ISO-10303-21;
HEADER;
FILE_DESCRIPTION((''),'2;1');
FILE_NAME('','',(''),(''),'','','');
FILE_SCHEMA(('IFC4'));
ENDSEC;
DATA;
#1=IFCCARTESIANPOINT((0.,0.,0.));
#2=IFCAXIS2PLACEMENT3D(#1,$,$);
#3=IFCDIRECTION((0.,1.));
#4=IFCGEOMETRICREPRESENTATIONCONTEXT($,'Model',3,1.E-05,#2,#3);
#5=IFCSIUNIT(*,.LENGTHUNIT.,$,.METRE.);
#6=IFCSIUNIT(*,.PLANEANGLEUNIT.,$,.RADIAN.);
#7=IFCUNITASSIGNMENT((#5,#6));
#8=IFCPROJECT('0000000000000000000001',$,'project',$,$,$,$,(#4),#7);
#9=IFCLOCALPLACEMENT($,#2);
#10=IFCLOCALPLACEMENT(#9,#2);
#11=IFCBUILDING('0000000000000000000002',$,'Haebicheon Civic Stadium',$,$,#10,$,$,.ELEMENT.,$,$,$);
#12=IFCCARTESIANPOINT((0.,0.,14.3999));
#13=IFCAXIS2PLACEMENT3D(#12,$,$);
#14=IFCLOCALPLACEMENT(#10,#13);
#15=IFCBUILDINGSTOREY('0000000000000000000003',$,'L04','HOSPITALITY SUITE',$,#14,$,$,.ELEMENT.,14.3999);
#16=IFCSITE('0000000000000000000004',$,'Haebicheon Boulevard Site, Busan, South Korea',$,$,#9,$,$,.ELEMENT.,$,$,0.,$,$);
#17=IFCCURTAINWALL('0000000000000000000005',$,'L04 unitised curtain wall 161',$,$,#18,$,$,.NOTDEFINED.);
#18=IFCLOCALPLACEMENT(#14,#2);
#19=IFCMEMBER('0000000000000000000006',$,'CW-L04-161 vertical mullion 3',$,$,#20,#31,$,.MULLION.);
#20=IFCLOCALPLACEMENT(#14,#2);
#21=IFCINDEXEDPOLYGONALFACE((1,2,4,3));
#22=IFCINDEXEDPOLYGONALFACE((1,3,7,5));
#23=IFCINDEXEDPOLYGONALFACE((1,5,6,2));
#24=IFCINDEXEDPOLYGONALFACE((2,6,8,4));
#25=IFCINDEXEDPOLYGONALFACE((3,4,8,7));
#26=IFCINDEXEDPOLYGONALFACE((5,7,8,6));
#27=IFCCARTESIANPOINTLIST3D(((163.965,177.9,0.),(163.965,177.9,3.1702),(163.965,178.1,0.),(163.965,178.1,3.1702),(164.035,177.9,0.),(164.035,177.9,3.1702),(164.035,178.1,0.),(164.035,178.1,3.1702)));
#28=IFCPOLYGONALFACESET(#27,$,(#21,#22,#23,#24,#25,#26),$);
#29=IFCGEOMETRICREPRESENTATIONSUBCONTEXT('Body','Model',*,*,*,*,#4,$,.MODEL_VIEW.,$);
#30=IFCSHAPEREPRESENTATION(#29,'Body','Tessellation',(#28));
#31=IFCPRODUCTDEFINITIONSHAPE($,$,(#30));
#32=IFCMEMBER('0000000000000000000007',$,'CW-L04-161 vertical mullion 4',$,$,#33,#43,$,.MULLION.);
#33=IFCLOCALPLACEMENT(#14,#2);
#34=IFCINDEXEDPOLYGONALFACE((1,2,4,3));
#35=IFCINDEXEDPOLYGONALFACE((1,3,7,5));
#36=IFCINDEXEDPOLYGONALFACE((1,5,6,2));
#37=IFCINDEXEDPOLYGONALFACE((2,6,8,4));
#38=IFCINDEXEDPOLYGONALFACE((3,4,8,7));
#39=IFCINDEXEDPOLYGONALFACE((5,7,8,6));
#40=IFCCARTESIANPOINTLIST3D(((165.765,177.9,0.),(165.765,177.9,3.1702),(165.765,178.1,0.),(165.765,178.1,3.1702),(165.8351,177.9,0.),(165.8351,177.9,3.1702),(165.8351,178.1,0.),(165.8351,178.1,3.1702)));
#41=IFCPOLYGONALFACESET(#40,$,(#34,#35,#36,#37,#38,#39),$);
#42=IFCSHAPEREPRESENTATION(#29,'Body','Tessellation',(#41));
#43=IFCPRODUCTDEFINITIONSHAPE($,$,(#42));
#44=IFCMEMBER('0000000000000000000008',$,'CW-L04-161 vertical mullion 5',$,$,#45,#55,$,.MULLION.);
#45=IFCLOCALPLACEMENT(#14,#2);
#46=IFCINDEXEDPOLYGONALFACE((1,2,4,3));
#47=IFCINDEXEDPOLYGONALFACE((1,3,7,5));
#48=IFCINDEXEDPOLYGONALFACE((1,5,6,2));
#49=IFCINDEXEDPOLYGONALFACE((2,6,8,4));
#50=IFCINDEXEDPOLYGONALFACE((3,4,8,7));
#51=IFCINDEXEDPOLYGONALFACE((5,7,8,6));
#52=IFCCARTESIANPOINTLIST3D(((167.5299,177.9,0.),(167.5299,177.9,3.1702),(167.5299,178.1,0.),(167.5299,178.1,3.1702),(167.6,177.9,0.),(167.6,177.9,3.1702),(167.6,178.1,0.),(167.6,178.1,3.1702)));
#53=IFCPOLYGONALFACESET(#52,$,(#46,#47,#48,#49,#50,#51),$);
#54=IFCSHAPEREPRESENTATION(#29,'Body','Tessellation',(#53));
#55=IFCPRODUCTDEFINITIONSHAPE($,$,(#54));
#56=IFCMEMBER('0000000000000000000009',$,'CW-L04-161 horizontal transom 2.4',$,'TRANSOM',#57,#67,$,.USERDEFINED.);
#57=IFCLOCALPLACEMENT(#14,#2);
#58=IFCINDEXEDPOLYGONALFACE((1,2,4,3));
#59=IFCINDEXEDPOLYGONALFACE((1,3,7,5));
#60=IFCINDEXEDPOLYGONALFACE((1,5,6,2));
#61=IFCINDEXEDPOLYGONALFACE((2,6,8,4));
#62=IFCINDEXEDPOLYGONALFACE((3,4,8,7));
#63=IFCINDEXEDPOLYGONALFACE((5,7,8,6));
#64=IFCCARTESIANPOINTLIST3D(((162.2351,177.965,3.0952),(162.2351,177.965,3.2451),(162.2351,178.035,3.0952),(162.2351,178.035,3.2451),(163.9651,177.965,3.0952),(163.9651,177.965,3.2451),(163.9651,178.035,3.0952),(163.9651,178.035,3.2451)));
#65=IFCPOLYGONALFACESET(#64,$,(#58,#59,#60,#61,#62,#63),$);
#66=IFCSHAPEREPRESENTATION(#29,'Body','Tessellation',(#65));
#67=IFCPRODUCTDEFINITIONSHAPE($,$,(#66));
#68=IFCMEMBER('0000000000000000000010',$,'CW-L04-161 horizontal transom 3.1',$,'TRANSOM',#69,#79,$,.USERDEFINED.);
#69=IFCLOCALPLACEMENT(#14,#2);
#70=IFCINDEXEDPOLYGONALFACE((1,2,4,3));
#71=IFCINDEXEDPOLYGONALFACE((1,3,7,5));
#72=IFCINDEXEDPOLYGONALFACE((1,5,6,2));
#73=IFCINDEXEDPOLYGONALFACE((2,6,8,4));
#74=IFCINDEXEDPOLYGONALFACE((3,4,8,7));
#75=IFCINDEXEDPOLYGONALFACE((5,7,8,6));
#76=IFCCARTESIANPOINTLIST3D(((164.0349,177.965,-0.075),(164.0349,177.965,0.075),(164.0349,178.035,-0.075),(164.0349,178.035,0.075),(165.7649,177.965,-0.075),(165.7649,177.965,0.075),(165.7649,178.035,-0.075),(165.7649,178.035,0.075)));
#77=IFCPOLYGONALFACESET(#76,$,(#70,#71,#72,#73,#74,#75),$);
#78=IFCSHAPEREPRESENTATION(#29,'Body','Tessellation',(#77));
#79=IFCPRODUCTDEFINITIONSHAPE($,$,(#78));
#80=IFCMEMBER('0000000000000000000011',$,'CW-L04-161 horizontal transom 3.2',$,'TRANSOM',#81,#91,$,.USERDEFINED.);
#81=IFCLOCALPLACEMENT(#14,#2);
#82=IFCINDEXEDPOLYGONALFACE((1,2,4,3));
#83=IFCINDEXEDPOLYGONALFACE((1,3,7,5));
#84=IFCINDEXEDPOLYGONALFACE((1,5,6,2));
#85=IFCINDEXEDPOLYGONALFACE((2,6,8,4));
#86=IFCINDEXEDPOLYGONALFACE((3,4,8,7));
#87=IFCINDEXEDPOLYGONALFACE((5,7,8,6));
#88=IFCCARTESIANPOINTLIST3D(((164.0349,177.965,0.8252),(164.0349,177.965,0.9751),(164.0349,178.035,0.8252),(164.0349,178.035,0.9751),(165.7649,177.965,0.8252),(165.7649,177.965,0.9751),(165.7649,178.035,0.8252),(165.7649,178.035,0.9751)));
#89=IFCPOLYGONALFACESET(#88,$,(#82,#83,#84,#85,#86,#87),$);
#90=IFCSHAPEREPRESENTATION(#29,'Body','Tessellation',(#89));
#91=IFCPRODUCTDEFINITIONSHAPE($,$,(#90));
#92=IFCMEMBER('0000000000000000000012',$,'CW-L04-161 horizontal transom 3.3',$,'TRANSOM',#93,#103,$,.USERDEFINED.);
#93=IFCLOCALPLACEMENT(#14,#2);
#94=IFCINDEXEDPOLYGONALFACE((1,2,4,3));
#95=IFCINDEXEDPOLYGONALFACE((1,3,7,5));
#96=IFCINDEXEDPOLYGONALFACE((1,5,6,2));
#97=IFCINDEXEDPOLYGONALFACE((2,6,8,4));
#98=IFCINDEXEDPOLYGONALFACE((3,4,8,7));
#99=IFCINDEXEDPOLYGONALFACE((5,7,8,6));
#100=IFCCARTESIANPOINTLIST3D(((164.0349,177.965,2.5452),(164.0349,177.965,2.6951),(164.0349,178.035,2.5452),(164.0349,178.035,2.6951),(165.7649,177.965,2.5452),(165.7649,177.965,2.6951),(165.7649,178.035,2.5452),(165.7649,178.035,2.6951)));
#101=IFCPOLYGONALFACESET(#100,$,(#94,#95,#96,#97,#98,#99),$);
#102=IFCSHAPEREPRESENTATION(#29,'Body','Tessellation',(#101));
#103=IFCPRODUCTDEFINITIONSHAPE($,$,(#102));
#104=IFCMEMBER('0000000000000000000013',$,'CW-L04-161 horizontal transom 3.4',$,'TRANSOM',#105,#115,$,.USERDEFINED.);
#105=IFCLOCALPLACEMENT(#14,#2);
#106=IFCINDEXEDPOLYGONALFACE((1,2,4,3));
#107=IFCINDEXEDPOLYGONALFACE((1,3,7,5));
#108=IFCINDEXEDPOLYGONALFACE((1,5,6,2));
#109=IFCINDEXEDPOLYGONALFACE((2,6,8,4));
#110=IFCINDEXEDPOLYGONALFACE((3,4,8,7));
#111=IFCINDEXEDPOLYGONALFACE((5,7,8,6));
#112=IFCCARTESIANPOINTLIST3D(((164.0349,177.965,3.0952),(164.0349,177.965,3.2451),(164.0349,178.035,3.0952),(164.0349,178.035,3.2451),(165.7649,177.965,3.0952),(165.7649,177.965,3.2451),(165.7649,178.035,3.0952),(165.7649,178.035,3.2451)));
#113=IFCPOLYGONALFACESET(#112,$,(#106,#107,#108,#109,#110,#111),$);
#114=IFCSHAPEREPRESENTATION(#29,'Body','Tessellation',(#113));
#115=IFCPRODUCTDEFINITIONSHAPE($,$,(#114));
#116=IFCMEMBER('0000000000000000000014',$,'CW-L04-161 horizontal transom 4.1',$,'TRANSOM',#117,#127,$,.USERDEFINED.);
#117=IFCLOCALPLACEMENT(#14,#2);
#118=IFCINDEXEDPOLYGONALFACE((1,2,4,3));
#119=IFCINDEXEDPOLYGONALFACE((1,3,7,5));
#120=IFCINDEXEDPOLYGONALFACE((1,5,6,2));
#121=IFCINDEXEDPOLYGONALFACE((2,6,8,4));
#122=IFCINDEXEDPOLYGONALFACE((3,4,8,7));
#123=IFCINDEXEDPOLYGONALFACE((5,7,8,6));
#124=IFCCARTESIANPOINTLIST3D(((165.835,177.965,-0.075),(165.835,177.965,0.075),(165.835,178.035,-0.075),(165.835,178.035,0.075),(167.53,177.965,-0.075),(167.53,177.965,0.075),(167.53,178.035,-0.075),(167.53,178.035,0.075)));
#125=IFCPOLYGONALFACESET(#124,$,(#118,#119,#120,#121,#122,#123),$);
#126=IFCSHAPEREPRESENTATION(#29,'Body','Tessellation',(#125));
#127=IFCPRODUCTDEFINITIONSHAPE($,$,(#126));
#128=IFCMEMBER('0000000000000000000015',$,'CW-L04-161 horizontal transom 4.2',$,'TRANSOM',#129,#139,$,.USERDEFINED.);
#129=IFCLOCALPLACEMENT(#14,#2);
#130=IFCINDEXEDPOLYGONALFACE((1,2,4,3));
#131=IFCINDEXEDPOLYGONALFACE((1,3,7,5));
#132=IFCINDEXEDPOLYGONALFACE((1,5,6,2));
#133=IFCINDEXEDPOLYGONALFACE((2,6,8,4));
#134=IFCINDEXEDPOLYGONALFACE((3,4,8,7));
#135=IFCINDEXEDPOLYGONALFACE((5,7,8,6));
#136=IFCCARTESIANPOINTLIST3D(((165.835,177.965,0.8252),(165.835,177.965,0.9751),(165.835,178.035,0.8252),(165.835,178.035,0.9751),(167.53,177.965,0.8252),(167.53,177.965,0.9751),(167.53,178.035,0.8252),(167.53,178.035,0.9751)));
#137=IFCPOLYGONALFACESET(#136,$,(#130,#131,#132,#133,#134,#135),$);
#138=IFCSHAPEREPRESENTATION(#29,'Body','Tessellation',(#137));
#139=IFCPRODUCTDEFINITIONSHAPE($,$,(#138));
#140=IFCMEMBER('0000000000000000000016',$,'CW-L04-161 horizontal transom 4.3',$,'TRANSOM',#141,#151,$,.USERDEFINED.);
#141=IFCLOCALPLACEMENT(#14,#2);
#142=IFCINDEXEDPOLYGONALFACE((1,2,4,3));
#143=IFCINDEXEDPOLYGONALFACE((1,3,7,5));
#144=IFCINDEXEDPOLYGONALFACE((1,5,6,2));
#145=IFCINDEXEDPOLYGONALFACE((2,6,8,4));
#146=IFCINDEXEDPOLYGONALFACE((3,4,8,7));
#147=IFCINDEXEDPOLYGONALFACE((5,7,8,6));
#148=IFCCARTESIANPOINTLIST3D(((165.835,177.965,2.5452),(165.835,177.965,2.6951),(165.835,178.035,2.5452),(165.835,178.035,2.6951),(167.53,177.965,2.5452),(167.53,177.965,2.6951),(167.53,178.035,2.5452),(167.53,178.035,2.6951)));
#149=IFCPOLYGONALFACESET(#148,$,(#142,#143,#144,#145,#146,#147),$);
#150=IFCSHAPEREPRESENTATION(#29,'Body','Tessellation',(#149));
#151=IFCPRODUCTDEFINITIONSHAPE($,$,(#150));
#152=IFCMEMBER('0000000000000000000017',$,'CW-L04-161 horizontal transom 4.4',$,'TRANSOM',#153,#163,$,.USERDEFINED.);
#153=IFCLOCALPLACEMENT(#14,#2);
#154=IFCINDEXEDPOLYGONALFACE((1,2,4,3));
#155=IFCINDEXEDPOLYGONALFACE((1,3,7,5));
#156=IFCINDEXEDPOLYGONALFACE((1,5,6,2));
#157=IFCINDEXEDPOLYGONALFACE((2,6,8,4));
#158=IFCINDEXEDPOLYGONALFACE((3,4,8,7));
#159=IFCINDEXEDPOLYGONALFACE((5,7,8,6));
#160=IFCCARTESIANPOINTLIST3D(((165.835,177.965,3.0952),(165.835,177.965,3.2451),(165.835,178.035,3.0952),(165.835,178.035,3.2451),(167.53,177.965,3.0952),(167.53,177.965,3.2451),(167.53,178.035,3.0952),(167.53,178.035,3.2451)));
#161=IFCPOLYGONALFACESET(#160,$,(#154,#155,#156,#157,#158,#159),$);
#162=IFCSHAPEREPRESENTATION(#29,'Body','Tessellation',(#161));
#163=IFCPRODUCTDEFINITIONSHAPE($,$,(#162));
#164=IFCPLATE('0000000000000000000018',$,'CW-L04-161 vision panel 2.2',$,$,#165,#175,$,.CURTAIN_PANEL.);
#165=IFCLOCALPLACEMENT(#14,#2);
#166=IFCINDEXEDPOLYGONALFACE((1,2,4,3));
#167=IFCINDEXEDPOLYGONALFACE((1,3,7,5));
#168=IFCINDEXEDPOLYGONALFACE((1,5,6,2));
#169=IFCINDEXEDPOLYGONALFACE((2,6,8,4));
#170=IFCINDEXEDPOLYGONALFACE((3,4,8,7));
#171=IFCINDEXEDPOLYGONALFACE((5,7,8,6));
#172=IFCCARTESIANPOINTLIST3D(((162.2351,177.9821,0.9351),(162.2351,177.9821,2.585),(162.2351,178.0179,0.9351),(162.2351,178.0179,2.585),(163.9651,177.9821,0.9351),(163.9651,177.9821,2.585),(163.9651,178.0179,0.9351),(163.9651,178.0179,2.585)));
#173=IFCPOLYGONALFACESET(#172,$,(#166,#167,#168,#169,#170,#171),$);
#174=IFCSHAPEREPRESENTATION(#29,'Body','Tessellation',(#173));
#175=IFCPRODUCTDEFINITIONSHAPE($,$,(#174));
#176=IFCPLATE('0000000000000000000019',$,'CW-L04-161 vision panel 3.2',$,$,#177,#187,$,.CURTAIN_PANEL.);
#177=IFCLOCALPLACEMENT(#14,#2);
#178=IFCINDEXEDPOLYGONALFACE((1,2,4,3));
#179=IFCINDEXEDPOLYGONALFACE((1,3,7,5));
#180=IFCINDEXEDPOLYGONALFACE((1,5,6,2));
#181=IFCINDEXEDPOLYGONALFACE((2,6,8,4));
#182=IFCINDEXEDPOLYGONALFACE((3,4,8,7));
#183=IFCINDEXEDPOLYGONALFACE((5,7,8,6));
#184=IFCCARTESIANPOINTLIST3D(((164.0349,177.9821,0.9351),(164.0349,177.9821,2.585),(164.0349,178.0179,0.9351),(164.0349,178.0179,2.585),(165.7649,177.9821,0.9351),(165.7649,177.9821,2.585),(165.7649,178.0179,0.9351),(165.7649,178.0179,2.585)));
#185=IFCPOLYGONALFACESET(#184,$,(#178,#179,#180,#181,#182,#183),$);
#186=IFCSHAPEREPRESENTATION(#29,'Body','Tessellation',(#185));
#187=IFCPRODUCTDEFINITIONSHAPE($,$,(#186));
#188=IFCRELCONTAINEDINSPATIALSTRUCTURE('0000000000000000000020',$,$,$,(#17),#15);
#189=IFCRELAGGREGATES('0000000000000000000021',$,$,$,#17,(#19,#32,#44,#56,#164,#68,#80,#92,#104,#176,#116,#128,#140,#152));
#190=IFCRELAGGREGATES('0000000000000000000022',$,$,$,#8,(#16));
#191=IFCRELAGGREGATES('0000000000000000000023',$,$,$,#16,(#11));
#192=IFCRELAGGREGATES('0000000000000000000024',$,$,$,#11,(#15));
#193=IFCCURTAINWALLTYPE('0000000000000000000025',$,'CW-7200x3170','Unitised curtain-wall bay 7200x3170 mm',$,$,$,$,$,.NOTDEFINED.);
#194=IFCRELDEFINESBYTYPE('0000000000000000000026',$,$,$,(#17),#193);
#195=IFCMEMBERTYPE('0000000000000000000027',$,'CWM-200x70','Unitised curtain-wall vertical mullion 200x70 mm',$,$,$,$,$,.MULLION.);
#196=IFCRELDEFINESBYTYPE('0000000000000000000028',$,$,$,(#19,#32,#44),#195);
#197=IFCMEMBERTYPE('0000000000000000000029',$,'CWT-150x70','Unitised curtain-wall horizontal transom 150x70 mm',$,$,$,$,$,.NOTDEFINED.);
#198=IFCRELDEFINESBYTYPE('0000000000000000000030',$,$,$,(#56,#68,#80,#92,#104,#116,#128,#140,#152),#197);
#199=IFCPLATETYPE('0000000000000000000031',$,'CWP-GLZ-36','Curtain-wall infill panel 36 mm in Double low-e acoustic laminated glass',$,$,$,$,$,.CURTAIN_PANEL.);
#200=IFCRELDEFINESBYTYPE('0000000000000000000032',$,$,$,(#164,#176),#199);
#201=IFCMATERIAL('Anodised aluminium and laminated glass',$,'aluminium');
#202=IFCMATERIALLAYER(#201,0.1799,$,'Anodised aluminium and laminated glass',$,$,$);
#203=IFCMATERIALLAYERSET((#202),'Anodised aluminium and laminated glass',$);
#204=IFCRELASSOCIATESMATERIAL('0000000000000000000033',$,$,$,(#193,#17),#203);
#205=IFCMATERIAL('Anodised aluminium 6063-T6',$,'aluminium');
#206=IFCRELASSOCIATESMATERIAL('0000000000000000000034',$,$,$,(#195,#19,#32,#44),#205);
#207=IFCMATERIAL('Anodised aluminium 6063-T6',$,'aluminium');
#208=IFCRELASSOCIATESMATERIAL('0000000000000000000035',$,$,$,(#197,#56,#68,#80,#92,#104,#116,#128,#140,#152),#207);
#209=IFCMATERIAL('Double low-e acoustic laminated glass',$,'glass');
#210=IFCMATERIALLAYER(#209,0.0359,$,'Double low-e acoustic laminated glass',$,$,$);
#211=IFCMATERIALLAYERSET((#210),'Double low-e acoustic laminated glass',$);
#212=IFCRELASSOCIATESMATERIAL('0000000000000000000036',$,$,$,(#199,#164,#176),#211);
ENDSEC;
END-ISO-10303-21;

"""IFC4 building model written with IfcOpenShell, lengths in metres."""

from ifc_helpers import new_model, si_unit, direction, frame, origin, origin_2d, place, context, subcontext, project, spatial, rectangle, extrude, material, layer, layer_set, material_profile, profile_set, type_object, element, aggregate, save


model = new_model("IFC4")

# Units and contexts
model_context = context("Model", 3, precision=1e-05, world=origin(), true_north=direction((0.0, 1.0)))
body_context = subcontext(model_context, "Body", "Model", "MODEL_VIEW")
ifc_project = project(units=[si_unit("LENGTHUNIT", "METRE"), si_unit("PLANEANGLEUNIT", "RADIAN")], contexts=[model_context])

# Site, building, storey
site_placement = place(None, origin())
site = spatial("IfcSite", under=ifc_project, at=site_placement, Name="Haebicheon Boulevard Site, Busan, South Korea", CompositionType="ELEMENT", RefElevation=0.0)
building_placement = place(site_placement, origin())
building = spatial("IfcBuilding", under=site, at=building_placement, Name="Haebicheon Civic Stadium", CompositionType="ELEMENT")
storey_placement = place(building_placement, frame((0.0, 0.0, 14.3999)))
storey = spatial("IfcBuildingStorey", under=building, at=storey_placement, Name="L04", Description="HOSPITALITY SUITE", CompositionType="ELEMENT", Elevation=14.3999)

# Curtain wall, members, plates
ifc_material_1 = material(Name="Anodised aluminium and laminated glass", Category="aluminium")
ifc_layer_1 = layer(ifc_material_1, 0.1799, Name="Anodised aluminium and laminated glass")
ifc_layer_set_1 = layer_set([ifc_layer_1], Name="Anodised aluminium and laminated glass")
curtain_wall_type = type_object("IfcCurtainWallType", Name="CW-7200x3170", Description="Unitised curtain-wall bay 7200x3170 mm", PredefinedType="NOTDEFINED", material=ifc_layer_set_1)
curtain_wall_placement = place(storey_placement, origin())
curtain_wall = element("IfcCurtainWall", 1, at=curtain_wall_placement, inside=storey, type_object=curtain_wall_type, material=ifc_layer_set_1, Name="L04 unitised curtain wall 161", PredefinedType="NOTDEFINED")
ifc_material_2 = material(Name="Anodised aluminium 6063-T6", Category="aluminium")
ifc_material_profile_1 = material_profile(ifc_material_2, rectangle(XDim=0.0701, YDim=0.2, at=origin_2d()), Name="ALU-MULL-70x200")
ifc_profile_set_1 = profile_set([ifc_material_profile_1], Name="Anodised aluminium 6063-T6")
member_type_1 = type_object("IfcMemberType", Name="CWM-200x70", Description="Unitised curtain-wall vertical mullion 200x70 mm", PredefinedType="MULLION", material=ifc_profile_set_1)
member_1_placement = place(storey_placement, frame((164.0, 178.0, 0.0), z_axis=(0.0, 0.0, 1.0), x_axis=(1.0, 0.0, 0.0)))
member_1 = element("IfcMember", 2, at=member_1_placement, type_object=member_type_1, material=ifc_profile_set_1, Name="CW-L04-161 vertical mullion 3", PredefinedType="MULLION", context=body_context, shape_type="SweptSolid", body=[
    extrude(rectangle(XDim=0.0701, YDim=0.2, at=origin_2d()), origin(), (0.0, 0.0, 1.0), 3.1702),
])
member_2_placement = place(storey_placement, frame((165.8, 178.0, 0.0), z_axis=(0.0, 0.0, 1.0), x_axis=(1.0, 0.0, 0.0)))
member_2 = element("IfcMember", 3, at=member_2_placement, type_object=member_type_1, material=ifc_profile_set_1, Name="CW-L04-161 vertical mullion 4", PredefinedType="MULLION", context=body_context, shape_type="SweptSolid", body=[
    extrude(rectangle(XDim=0.0701, YDim=0.2, at=origin_2d()), origin(), (0.0, 0.0, 1.0), 3.1702),
])
member_3_placement = place(storey_placement, frame((167.5649, 178.0, 0.0), z_axis=(0.0, 0.0, 1.0), x_axis=(1.0, 0.0, 0.0)))
member_3 = element("IfcMember", 4, at=member_3_placement, type_object=member_type_1, material=ifc_profile_set_1, Name="CW-L04-161 vertical mullion 5", PredefinedType="MULLION", context=body_context, shape_type="SweptSolid", body=[
    extrude(rectangle(XDim=0.0701, YDim=0.2, at=origin_2d()), origin(), (0.0, 0.0, 1.0), 3.1702),
])
ifc_material_3 = material(Name="Anodised aluminium 6063-T6", Category="aluminium")
ifc_material_profile_2 = material_profile(ifc_material_3, rectangle(XDim=0.0701, YDim=0.1499, at=origin_2d()), Name="ALU-TRAN-70x150")
ifc_profile_set_2 = profile_set([ifc_material_profile_2], Name="Anodised aluminium 6063-T6")
member_type_2 = type_object("IfcMemberType", Name="CWT-150x70", Description="Unitised curtain-wall horizontal transom 150x70 mm", PredefinedType="NOTDEFINED", material=ifc_profile_set_2)
member_4_placement = place(storey_placement, frame((162.2351, 178.0, 3.1702), z_axis=(1.0, 0.0, 0.0), x_axis=(0.0, 1.0, 0.0)))
member_4 = element("IfcMember", 5, at=member_4_placement, type_object=member_type_2, material=ifc_profile_set_2, Name="CW-L04-161 horizontal transom 2.4", ObjectType="TRANSOM", PredefinedType="USERDEFINED", context=body_context, shape_type="SweptSolid", body=[
    extrude(rectangle(XDim=0.0701, YDim=0.1499, at=origin_2d()), origin(), (0.0, 0.0, 1.0), 1.73),
])
member_5_placement = place(storey_placement, frame((164.0349, 178.0, 0.0), z_axis=(1.0, 0.0, 0.0), x_axis=(0.0, 1.0, 0.0)))
member_5 = element("IfcMember", 6, at=member_5_placement, type_object=member_type_2, material=ifc_profile_set_2, Name="CW-L04-161 horizontal transom 3.1", ObjectType="TRANSOM", PredefinedType="USERDEFINED", context=body_context, shape_type="SweptSolid", body=[
    extrude(rectangle(XDim=0.0701, YDim=0.1499, at=origin_2d()), origin(), (0.0, 0.0, 1.0), 1.73),
])
member_6_placement = place(storey_placement, frame((164.0349, 178.0, 0.9001), z_axis=(1.0, 0.0, 0.0), x_axis=(0.0, 1.0, 0.0)))
member_6 = element("IfcMember", 7, at=member_6_placement, type_object=member_type_2, material=ifc_profile_set_2, Name="CW-L04-161 horizontal transom 3.2", ObjectType="TRANSOM", PredefinedType="USERDEFINED", context=body_context, shape_type="SweptSolid", body=[
    extrude(rectangle(XDim=0.0701, YDim=0.1499, at=origin_2d()), origin(), (0.0, 0.0, 1.0), 1.73),
])
member_7_placement = place(storey_placement, frame((164.0349, 178.0, 2.6201), z_axis=(1.0, 0.0, 0.0), x_axis=(0.0, 1.0, 0.0)))
member_7 = element("IfcMember", 8, at=member_7_placement, type_object=member_type_2, material=ifc_profile_set_2, Name="CW-L04-161 horizontal transom 3.3", ObjectType="TRANSOM", PredefinedType="USERDEFINED", context=body_context, shape_type="SweptSolid", body=[
    extrude(rectangle(XDim=0.0701, YDim=0.1499, at=origin_2d()), origin(), (0.0, 0.0, 1.0), 1.73),
])
member_8_placement = place(storey_placement, frame((164.0349, 178.0, 3.1702), z_axis=(1.0, 0.0, 0.0), x_axis=(0.0, 1.0, 0.0)))
member_8 = element("IfcMember", 9, at=member_8_placement, type_object=member_type_2, material=ifc_profile_set_2, Name="CW-L04-161 horizontal transom 3.4", ObjectType="TRANSOM", PredefinedType="USERDEFINED", context=body_context, shape_type="SweptSolid", body=[
    extrude(rectangle(XDim=0.0701, YDim=0.1499, at=origin_2d()), origin(), (0.0, 0.0, 1.0), 1.73),
])
member_9_placement = place(storey_placement, frame((165.835, 178.0, 0.0), z_axis=(1.0, 0.0, 0.0), x_axis=(0.0, 1.0, 0.0)))
member_9 = element("IfcMember", 10, at=member_9_placement, type_object=member_type_2, material=ifc_profile_set_2, Name="CW-L04-161 horizontal transom 4.1", ObjectType="TRANSOM", PredefinedType="USERDEFINED", context=body_context, shape_type="SweptSolid", body=[
    extrude(rectangle(XDim=0.0701, YDim=0.1499, at=origin_2d()), origin(), (0.0, 0.0, 1.0), 1.6951),
])
member_10_placement = place(storey_placement, frame((165.835, 178.0, 0.9001), z_axis=(1.0, 0.0, 0.0), x_axis=(0.0, 1.0, 0.0)))
member_10 = element("IfcMember", 11, at=member_10_placement, type_object=member_type_2, material=ifc_profile_set_2, Name="CW-L04-161 horizontal transom 4.2", ObjectType="TRANSOM", PredefinedType="USERDEFINED", context=body_context, shape_type="SweptSolid", body=[
    extrude(rectangle(XDim=0.0701, YDim=0.1499, at=origin_2d()), origin(), (0.0, 0.0, 1.0), 1.6951),
])
member_11_placement = place(storey_placement, frame((165.835, 178.0, 2.6201), z_axis=(1.0, 0.0, 0.0), x_axis=(0.0, 1.0, 0.0)))
member_11 = element("IfcMember", 12, at=member_11_placement, type_object=member_type_2, material=ifc_profile_set_2, Name="CW-L04-161 horizontal transom 4.3", ObjectType="TRANSOM", PredefinedType="USERDEFINED", context=body_context, shape_type="SweptSolid", body=[
    extrude(rectangle(XDim=0.0701, YDim=0.1499, at=origin_2d()), origin(), (0.0, 0.0, 1.0), 1.6951),
])
member_12_placement = place(storey_placement, frame((165.835, 178.0, 3.1702), z_axis=(1.0, 0.0, 0.0), x_axis=(0.0, 1.0, 0.0)))
member_12 = element("IfcMember", 13, at=member_12_placement, type_object=member_type_2, material=ifc_profile_set_2, Name="CW-L04-161 horizontal transom 4.4", ObjectType="TRANSOM", PredefinedType="USERDEFINED", context=body_context, shape_type="SweptSolid", body=[
    extrude(rectangle(XDim=0.0701, YDim=0.1499, at=origin_2d()), origin(), (0.0, 0.0, 1.0), 1.6951),
])
ifc_material_4 = material(Name="Double low-e acoustic laminated glass", Category="glass")
ifc_layer_2 = layer(ifc_material_4, 0.0359, Name="Double low-e acoustic laminated glass")
ifc_layer_set_2 = layer_set([ifc_layer_2], Name="Double low-e acoustic laminated glass")
plate_type_1 = type_object("IfcPlateType", Name="CWP-GLZ-36", Description="Curtain-wall infill panel 36 mm in Double low-e acoustic laminated glass", PredefinedType="CURTAIN_PANEL", material=ifc_layer_set_2)
plate_1_placement = place(storey_placement, frame((163.1001, 178.0, 0.9351), z_axis=(0.0, 0.0, 1.0), x_axis=(1.0, 0.0, 0.0)))
plate_1 = element("IfcPlate", 14, at=plate_1_placement, type_object=plate_type_1, material=ifc_layer_set_2, Name="CW-L04-161 vision panel 2.2", PredefinedType="CURTAIN_PANEL", context=body_context, shape_type="SweptSolid", body=[
    extrude(rectangle(XDim=1.73, YDim=0.0359, at=origin_2d()), origin(), (0.0, 0.0, 1.0), 1.6499),
])
plate_2_placement = place(storey_placement, frame((164.8999, 178.0, 0.9351), z_axis=(0.0, 0.0, 1.0), x_axis=(1.0, 0.0, 0.0)))
plate_2 = element("IfcPlate", 15, at=plate_2_placement, type_object=plate_type_1, material=ifc_layer_set_2, Name="CW-L04-161 vision panel 3.2", PredefinedType="CURTAIN_PANEL", context=body_context, shape_type="SweptSolid", body=[
    extrude(rectangle(XDim=1.73, YDim=0.0359, at=origin_2d()), origin(), (0.0, 0.0, 1.0), 1.6499),
])
aggregate(curtain_wall, [member_1, member_2, member_3, member_4, plate_1, member_5, member_6, member_7, member_8, plate_2, member_9, member_10, member_11, member_12])

save(model, "model.ifc")
